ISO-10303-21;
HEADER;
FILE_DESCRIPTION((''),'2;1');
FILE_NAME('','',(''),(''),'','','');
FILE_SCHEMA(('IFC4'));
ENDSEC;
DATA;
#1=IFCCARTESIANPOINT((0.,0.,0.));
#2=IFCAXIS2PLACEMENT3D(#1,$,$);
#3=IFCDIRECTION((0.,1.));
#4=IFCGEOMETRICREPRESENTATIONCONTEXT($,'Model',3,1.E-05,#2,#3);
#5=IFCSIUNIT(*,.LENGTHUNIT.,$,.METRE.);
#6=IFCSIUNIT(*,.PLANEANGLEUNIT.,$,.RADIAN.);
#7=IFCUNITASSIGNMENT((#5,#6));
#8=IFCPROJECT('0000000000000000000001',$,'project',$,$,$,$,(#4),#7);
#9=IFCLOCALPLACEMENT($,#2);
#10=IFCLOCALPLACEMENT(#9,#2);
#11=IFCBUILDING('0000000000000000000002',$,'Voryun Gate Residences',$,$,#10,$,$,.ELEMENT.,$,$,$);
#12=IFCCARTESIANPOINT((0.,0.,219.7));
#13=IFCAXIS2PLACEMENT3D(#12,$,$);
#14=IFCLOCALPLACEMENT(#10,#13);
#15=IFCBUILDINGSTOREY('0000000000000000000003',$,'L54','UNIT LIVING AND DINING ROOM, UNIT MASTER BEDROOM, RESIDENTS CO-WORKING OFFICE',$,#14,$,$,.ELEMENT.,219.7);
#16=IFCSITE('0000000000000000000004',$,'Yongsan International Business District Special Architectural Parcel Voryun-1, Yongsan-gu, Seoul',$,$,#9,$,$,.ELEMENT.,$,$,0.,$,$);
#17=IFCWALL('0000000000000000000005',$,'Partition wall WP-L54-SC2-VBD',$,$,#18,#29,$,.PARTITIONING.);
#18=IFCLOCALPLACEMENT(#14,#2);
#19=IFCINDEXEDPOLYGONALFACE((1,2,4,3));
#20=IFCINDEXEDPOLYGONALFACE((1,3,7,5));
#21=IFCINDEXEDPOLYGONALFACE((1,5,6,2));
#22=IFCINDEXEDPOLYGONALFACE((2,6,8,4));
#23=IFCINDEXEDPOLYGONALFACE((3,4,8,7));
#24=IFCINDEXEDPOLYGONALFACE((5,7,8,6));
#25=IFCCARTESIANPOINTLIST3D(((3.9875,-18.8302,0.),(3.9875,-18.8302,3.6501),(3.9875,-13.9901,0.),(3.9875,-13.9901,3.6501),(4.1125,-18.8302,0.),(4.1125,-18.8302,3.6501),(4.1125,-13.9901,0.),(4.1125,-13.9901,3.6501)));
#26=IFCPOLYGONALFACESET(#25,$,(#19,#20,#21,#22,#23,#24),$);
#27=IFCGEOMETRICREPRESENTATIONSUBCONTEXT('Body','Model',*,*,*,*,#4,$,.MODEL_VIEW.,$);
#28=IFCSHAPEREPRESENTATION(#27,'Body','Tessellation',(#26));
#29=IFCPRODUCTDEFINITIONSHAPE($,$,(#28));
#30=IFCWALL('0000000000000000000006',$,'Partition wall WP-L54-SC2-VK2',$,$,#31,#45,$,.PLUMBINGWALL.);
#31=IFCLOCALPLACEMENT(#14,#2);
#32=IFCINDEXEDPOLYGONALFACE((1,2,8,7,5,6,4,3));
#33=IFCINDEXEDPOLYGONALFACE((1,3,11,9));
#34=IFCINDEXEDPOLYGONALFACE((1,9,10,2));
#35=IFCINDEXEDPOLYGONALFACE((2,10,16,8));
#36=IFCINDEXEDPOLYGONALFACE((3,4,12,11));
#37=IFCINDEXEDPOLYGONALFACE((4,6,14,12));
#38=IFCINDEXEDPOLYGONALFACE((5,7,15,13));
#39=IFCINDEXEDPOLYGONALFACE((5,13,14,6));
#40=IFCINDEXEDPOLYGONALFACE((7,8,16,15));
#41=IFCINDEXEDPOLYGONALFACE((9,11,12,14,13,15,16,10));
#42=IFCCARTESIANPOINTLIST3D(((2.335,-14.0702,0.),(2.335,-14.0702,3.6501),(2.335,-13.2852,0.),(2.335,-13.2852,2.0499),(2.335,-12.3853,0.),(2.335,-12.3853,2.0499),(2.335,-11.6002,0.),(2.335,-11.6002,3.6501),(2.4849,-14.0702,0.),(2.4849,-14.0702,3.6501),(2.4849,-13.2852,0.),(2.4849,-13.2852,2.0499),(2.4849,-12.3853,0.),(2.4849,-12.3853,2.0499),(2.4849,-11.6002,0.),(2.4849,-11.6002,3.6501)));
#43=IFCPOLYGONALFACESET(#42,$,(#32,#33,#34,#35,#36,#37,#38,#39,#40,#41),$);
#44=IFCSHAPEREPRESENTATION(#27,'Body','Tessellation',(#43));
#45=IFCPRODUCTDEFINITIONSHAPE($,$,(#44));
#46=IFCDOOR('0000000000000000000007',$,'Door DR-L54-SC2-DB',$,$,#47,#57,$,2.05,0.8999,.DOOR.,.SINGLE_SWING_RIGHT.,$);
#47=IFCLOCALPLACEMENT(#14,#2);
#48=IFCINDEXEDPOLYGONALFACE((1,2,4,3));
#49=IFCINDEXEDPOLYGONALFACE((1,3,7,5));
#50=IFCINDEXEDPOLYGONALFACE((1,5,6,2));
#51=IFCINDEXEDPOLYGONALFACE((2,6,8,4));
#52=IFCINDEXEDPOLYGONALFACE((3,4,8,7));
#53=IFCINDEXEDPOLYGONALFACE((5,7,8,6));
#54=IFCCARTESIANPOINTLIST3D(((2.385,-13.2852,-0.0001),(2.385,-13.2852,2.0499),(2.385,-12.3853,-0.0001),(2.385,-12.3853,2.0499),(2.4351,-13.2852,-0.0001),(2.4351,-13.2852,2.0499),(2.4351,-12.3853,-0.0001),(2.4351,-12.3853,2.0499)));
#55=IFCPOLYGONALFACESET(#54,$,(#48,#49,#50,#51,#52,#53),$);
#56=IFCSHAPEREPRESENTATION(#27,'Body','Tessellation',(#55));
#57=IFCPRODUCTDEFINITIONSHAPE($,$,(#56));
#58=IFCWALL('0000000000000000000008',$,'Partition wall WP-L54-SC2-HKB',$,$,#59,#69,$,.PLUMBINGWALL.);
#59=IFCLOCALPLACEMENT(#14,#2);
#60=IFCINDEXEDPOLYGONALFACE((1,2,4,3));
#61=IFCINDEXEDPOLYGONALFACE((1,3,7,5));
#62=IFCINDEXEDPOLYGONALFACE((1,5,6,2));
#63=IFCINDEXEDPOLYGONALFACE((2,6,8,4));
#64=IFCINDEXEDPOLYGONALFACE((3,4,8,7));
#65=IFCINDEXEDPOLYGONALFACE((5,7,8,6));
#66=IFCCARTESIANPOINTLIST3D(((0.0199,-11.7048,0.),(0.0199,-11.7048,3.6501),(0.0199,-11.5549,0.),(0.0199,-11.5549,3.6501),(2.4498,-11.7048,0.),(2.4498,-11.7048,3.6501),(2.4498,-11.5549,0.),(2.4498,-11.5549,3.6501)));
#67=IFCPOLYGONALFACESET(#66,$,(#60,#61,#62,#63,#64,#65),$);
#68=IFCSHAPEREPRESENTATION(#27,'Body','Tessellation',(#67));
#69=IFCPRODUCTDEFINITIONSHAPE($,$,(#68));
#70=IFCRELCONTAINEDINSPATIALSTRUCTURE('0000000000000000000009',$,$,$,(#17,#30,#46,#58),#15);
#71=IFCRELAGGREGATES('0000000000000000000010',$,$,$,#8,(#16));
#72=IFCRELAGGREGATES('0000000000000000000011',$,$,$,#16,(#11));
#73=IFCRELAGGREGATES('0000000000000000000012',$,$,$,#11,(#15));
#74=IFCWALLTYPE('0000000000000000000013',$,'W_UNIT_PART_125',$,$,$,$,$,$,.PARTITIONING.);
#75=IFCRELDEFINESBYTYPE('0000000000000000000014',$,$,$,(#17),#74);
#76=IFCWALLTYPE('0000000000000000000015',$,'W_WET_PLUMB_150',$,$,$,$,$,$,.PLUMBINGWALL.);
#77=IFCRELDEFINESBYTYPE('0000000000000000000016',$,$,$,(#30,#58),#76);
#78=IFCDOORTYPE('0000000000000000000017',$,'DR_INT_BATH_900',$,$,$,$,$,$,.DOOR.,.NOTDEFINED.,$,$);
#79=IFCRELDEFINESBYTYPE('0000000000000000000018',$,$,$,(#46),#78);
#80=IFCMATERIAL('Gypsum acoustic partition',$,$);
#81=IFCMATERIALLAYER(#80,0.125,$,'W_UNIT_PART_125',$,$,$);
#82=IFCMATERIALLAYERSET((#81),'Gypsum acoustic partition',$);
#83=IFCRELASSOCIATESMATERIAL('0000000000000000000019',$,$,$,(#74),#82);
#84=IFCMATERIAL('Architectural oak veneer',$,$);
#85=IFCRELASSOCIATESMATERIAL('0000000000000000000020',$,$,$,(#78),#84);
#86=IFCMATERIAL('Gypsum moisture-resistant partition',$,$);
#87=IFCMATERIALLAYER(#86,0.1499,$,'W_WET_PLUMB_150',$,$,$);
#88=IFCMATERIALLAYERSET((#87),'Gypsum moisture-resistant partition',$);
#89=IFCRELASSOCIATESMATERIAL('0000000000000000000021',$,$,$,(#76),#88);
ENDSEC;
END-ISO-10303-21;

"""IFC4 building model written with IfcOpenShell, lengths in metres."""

from ifc_helpers import new_model, si_unit, direction, frame, frame_2d, origin, place, context, subcontext, project, spatial, rectangle, extrude, material, layer, layer_set, type_object, element, fill, save


model = new_model("IFC4")

# Units and contexts
model_context = context("Model", 3, precision=1e-05, world=origin(), true_north=direction((0.0, 1.0)))
body_context = subcontext(model_context, "Body", "Model", "MODEL_VIEW")
ifc_project = project(units=[si_unit("LENGTHUNIT", "METRE"), si_unit("PLANEANGLEUNIT", "RADIAN")], contexts=[model_context])

# Site, building, storey
site_placement = place(None, origin())
site = spatial("IfcSite", under=ifc_project, at=site_placement, Name="Yongsan International Business District Special Architectural Parcel Voryun-1, Yongsan-gu, Seoul", CompositionType="ELEMENT", RefElevation=0.0)
building_placement = place(site_placement, origin())
building = spatial("IfcBuilding", under=site, at=building_placement, Name="Voryun Gate Residences", CompositionType="ELEMENT")
storey_placement = place(building_placement, frame((0.0, 0.0, 219.7)))
storey = spatial("IfcBuildingStorey", under=building, at=storey_placement, Name="L54", Description="UNIT LIVING AND DINING ROOM, UNIT MASTER BEDROOM, RESIDENTS CO-WORKING OFFICE", CompositionType="ELEMENT", Elevation=219.7)

# Shared definitions
ifc_material_1 = material(Name="Gypsum acoustic partition")
ifc_layer_1 = layer(ifc_material_1, 0.125, Name="W_UNIT_PART_125")
ifc_layer_set_1 = layer_set([ifc_layer_1], Name="Gypsum acoustic partition")
wall_type_1 = type_object("IfcWallType", Name="W_UNIT_PART_125", PredefinedType="PARTITIONING", material=ifc_layer_set_1)

# Shared definitions
ifc_material_2 = material(Name="Architectural oak veneer")
door_type = type_object("IfcDoorType", Name="DR_INT_BATH_900", OperationType="NOTDEFINED", PredefinedType="DOOR", material=ifc_material_2)

# Wall
wall_1_placement = place(storey_placement, frame((4.05, -18.8301, 0.0), z_axis=(0.0, 0.0, 1.0), x_axis=(0.0, 1.0, 0.0)))
element("IfcWall", 1, at=wall_1_placement, inside=storey, type_object=wall_type_1, Name="Partition wall WP-L54-SC2-VBD", PredefinedType="PARTITIONING", context=body_context, shape_type="SweptSolid", body=[
    extrude(rectangle(XDim=4.8401, YDim=0.125, at=frame_2d((2.4199, 0.0))), origin(), (0.0, 0.0, 1.0), 3.6501),
])

# Wall, opening, door
ifc_material_3 = material(Name="Gypsum moisture-resistant partition")
ifc_layer_2 = layer(ifc_material_3, 0.1499, Name="W_WET_PLUMB_150")
ifc_layer_set_2 = layer_set([ifc_layer_2], Name="Gypsum moisture-resistant partition")
wall_type_2 = type_object("IfcWallType", Name="W_WET_PLUMB_150", PredefinedType="PLUMBINGWALL", material=ifc_layer_set_2)
wall_2_placement = place(storey_placement, frame((2.4099, -14.0701, 0.0), z_axis=(0.0, 0.0, 1.0), x_axis=(0.0, 1.0, 0.0)))
wall_2 = element("IfcWall", 2, at=wall_2_placement, inside=storey, type_object=wall_type_2, Name="Partition wall WP-L54-SC2-VK2", PredefinedType="PLUMBINGWALL", context=body_context, shape_type="SweptSolid", body=[
    extrude(rectangle(XDim=2.47, YDim=0.1499, at=frame_2d((1.2349, 0.0))), origin(), (0.0, 0.0, 1.0), 3.6501),
])
opening_1_placement = place(wall_2_placement, frame((0.7849, 0.0, 0.0)))
opening_1 = element("IfcOpeningElement", 3, at=opening_1_placement, cuts=wall_2, PredefinedType="OPENING", context=body_context, shape_type="SweptSolid", body=[
    extrude(rectangle(XDim=0.8999, YDim=2.05, at=frame_2d((0.45, 1.0249))), frame((0.0, 0.085, 0.0), z_axis=(0.0, -1.0, 0.0), x_axis=(1.0, 0.0, 0.0)), (0.0, 0.0, 1.0), 0.1699),
])
door_1_placement = place(opening_1_placement, origin())
door_1 = element("IfcDoor", 4, at=door_1_placement, inside=storey, type_object=door_type, Name="Door DR-L54-SC2-DB", OperationType="SINGLE_SWING_RIGHT", OverallHeight=2.05, OverallWidth=0.8999, PredefinedType="DOOR", context=body_context, shape_type="SweptSolid", body=[
    extrude(rectangle(XDim=0.8999, YDim=2.05, at=frame_2d((0.45, 1.0249))), frame((0.0, 0.0249, 0.0), z_axis=(0.0, -1.0, 0.0), x_axis=(1.0, 0.0, 0.0)), (0.0, 0.0, 1.0), 0.05),
])
fill(opening_1, door_1)

# Wall
wall_3_placement = place(storey_placement, frame((0.02, -11.6299, 0.0), z_axis=(0.0, 0.0, 1.0), x_axis=(1.0, 0.0, 0.0)))
element("IfcWall", 5, at=wall_3_placement, inside=storey, type_object=wall_type_2, Name="Partition wall WP-L54-SC2-HKB", PredefinedType="PLUMBINGWALL", context=body_context, shape_type="SweptSolid", body=[
    extrude(rectangle(XDim=2.4299, YDim=0.1499, at=frame_2d((1.2148, 0.0))), origin(), (0.0, 0.0, 1.0), 3.6501),
])

save(model, "model.ifc")
